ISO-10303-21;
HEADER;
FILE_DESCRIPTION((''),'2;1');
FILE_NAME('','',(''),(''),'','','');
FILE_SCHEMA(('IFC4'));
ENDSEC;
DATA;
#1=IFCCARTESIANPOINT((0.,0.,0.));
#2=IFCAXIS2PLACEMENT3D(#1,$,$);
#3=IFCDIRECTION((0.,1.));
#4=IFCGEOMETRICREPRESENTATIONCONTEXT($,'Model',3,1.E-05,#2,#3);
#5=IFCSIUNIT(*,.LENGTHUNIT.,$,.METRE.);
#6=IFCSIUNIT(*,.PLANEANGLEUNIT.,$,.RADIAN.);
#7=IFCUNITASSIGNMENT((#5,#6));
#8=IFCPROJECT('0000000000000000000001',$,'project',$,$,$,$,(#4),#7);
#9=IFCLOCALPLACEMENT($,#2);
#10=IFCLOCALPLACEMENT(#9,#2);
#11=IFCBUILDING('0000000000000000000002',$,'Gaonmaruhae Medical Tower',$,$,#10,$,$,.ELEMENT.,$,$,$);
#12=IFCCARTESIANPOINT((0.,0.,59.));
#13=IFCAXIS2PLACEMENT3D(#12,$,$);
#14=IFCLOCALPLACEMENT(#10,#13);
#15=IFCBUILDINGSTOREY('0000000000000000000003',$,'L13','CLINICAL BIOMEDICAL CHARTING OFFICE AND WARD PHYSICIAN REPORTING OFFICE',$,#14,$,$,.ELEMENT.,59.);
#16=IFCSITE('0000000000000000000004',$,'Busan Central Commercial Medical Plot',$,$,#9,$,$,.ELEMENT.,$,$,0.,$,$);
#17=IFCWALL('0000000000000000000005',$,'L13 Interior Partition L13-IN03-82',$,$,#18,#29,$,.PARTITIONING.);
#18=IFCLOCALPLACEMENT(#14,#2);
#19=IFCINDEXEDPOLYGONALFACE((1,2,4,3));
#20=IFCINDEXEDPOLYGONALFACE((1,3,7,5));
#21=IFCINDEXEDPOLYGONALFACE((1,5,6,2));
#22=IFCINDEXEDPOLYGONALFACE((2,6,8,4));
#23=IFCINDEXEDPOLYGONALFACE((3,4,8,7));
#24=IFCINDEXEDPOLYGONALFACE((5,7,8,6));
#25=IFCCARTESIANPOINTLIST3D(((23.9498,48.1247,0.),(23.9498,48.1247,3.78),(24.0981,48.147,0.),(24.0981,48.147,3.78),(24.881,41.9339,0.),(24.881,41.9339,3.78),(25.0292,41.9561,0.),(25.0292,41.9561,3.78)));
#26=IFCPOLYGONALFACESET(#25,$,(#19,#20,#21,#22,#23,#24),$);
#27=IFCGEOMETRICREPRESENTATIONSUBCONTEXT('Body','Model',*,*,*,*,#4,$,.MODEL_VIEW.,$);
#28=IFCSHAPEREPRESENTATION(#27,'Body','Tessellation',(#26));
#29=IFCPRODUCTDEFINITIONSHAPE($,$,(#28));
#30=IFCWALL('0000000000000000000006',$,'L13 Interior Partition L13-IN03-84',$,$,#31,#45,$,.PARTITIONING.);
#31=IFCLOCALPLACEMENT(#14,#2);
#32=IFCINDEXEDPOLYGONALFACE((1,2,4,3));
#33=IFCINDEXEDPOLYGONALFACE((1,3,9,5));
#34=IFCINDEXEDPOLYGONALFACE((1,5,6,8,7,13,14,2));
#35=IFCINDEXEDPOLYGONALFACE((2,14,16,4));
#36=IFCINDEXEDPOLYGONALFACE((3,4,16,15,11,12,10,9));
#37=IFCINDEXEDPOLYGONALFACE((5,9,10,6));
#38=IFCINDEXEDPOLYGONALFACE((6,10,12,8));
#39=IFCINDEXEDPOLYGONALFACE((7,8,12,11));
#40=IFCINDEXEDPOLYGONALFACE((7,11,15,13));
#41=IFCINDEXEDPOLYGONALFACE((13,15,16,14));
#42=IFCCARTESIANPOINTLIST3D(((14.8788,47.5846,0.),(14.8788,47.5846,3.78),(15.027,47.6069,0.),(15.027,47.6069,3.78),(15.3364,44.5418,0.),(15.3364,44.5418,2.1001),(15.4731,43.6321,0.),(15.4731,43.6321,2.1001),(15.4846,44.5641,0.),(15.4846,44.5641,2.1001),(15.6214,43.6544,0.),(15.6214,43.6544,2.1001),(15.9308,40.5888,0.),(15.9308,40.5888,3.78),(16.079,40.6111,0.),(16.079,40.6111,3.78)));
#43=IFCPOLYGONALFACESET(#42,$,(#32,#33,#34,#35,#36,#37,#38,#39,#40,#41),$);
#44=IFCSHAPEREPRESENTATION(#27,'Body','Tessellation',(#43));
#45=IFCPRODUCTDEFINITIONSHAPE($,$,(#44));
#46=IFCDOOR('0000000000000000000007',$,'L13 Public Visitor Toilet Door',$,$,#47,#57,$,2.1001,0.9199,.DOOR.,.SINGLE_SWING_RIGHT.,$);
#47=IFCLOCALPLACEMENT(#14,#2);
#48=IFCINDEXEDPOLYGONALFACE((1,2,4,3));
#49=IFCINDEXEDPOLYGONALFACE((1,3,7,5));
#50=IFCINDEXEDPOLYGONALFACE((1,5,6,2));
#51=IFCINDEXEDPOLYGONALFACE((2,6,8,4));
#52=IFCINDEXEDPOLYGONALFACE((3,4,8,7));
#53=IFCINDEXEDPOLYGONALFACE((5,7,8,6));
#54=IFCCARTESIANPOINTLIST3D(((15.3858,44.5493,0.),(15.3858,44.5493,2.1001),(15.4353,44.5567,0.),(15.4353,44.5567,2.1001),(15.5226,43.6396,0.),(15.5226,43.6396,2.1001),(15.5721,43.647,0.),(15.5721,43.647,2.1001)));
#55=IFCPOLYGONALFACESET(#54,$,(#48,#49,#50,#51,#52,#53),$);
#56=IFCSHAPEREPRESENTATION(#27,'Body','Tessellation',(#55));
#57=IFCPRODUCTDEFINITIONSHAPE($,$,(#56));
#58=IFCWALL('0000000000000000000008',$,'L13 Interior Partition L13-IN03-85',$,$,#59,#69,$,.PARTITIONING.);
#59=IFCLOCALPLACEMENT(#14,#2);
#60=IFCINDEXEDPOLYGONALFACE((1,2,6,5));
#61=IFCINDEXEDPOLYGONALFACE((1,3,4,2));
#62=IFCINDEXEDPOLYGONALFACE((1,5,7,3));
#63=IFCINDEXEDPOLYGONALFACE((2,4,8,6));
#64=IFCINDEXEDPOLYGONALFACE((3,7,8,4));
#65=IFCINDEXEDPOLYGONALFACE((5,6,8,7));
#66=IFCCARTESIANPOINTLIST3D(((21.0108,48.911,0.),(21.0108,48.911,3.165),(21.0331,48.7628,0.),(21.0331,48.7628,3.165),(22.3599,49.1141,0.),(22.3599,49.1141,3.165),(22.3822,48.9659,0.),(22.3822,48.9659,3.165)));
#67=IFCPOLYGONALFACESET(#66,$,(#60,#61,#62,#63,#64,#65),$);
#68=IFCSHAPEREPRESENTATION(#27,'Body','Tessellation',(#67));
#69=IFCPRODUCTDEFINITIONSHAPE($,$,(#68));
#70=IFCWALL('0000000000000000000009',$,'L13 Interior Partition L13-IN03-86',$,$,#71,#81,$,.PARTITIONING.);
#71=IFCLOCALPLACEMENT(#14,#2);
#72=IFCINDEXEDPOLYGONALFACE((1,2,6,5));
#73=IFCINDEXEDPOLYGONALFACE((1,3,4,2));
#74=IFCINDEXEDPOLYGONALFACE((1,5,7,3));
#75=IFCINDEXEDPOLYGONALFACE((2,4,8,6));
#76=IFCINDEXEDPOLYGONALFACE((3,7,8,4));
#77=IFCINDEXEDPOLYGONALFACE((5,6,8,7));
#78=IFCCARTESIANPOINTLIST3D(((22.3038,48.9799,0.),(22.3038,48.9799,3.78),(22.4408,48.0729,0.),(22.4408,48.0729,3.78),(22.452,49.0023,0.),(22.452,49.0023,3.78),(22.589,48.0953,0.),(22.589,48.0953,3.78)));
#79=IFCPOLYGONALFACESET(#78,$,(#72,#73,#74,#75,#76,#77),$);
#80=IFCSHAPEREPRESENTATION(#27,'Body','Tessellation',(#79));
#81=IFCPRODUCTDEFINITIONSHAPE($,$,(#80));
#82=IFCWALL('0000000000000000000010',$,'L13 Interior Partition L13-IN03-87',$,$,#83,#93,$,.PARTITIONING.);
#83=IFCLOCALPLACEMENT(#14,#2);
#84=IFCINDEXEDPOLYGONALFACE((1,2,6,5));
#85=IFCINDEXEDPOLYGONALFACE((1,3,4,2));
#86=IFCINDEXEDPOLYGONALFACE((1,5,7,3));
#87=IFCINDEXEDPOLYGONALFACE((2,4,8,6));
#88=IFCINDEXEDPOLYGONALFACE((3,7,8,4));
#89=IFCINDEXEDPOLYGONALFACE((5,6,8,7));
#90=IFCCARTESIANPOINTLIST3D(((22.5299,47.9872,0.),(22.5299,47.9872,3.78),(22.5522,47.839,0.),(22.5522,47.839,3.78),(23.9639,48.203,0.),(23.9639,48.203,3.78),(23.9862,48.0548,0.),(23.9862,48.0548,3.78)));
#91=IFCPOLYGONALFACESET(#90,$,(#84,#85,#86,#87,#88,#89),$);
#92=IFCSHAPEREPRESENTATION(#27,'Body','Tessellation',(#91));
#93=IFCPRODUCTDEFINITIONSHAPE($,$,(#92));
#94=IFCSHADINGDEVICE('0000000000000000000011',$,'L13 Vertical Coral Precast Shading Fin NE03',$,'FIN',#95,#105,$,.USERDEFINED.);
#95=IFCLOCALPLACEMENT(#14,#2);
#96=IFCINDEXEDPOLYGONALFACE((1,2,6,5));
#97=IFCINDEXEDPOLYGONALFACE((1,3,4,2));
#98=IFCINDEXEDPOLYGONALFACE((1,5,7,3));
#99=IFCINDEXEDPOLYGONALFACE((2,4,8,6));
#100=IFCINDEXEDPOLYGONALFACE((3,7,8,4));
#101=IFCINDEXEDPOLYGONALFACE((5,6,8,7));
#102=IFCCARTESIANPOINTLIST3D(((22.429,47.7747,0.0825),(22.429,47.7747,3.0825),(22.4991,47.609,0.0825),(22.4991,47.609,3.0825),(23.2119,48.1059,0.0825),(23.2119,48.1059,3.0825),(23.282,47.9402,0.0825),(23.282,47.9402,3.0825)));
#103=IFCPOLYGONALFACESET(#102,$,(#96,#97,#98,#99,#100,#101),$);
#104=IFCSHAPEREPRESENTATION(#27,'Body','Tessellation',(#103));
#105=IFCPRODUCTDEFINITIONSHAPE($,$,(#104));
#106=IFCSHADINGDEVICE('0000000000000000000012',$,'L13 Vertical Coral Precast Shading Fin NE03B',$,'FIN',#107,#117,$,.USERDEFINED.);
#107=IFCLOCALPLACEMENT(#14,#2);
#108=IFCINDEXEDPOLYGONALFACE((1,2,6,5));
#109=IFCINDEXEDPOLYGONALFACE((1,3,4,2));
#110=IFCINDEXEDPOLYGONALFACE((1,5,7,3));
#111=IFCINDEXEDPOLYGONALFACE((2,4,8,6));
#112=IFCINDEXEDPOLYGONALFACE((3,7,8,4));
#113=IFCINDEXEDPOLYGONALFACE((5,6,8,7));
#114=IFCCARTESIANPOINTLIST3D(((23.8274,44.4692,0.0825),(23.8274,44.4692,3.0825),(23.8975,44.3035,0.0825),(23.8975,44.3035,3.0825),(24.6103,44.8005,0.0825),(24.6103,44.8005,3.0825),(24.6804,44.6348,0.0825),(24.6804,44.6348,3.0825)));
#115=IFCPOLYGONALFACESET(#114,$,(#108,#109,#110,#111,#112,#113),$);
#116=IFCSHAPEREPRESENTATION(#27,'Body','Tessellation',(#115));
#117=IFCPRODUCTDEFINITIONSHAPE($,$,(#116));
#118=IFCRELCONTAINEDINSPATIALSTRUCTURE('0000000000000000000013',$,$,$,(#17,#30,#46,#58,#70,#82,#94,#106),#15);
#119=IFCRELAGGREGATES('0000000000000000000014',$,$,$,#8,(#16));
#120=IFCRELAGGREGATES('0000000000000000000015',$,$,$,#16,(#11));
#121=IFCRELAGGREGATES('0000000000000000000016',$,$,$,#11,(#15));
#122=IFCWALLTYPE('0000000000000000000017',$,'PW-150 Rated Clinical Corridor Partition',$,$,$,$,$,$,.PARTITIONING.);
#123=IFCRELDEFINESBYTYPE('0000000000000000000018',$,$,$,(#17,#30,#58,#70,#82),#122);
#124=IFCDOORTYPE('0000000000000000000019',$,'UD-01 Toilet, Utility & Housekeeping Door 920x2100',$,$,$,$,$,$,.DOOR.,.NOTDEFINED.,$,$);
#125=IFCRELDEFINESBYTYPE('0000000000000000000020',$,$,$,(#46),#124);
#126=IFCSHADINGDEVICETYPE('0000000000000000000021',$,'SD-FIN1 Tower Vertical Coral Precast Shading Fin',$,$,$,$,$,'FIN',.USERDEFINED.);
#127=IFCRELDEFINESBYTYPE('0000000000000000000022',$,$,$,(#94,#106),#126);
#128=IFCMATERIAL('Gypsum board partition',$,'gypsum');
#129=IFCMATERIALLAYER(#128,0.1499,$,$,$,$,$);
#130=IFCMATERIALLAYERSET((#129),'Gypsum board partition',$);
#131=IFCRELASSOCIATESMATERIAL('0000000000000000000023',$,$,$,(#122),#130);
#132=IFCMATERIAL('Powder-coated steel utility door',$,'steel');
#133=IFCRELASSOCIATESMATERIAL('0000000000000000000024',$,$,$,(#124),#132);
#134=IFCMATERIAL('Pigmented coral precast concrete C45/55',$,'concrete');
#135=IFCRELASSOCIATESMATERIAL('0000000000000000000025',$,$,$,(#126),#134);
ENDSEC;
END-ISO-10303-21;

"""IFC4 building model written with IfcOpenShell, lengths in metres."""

from ifc_helpers import new_model, si_unit, direction, frame, frame_2d, origin, origin_2d, place, context, subcontext, project, spatial, rectangle, extrude, material, layer, layer_set, type_object, element, fill, save


model = new_model("IFC4")

# Units and contexts
model_context = context("Model", 3, precision=1e-05, world=origin(), true_north=direction((0.0, 1.0)))
body_context = subcontext(model_context, "Body", "Model", "MODEL_VIEW")
ifc_project = project(units=[si_unit("LENGTHUNIT", "METRE"), si_unit("PLANEANGLEUNIT", "RADIAN")], contexts=[model_context])

# Site, building, storey
site_placement = place(None, origin())
site = spatial("IfcSite", under=ifc_project, at=site_placement, Name="Busan Central Commercial Medical Plot", CompositionType="ELEMENT", RefElevation=0.0)
building_placement = place(site_placement, origin())
building = spatial("IfcBuilding", under=site, at=building_placement, Name="Gaonmaruhae Medical Tower", CompositionType="ELEMENT")
storey_placement = place(building_placement, frame((0.0, 0.0, 59.0)))
storey = spatial("IfcBuildingStorey", under=building, at=storey_placement, Name="L13", Description="CLINICAL BIOMEDICAL CHARTING OFFICE AND WARD PHYSICIAN REPORTING OFFICE", CompositionType="ELEMENT", Elevation=59.0)

# Shared definitions
ifc_material_1 = material(Name="Gypsum board partition", Category="gypsum")
ifc_layer_1 = layer(ifc_material_1, 0.1499)
ifc_layer_set_1 = layer_set([ifc_layer_1], Name="Gypsum board partition")
wall_type_1 = type_object("IfcWallType", Name="PW-150 Rated Clinical Corridor Partition", PredefinedType="PARTITIONING", material=ifc_layer_set_1)

# Wall
wall_1_placement = place(storey_placement, frame((24.0239, 48.136, 0.0), z_axis=(0.0, 0.0, 1.0), x_axis=(0.148733, -0.988877, 0.0)))
element("IfcWall", 1, at=wall_1_placement, inside=storey, type_object=wall_type_1, Name="L13 Interior Partition L13-IN03-82", PredefinedType="PARTITIONING", context=body_context, shape_type="SweptSolid", body=[
    extrude(rectangle(XDim=6.2605, YDim=0.1499, at=frame_2d((3.1304, 0.0))), origin(), (0.0, 0.0, 1.0), 3.78),
])

# Wall, opening, door
wall_2_placement = place(storey_placement, frame((16.0049, 40.6001, 0.0), z_axis=(0.0, 0.0, 1.0), x_axis=(-0.148703, 0.988882, 0.0)))
wall_2 = element("IfcWall", 2, at=wall_2_placement, inside=storey, type_object=wall_type_1, Name="L13 Interior Partition L13-IN03-84", PredefinedType="PARTITIONING", context=body_context, shape_type="SweptSolid", body=[
    extrude(rectangle(XDim=7.0745, YDim=0.1499, at=frame_2d((3.5371, 0.0))), origin(), (0.0, 0.0, 1.0), 3.78),
])
opening_1_placement = place(wall_2_placement, frame((3.0774, 0.0, 0.0)))
opening_1 = element("IfcOpeningElement", 3, at=opening_1_placement, cuts=wall_2, PredefinedType="OPENING", context=body_context, shape_type="SweptSolid", body=[
    extrude(rectangle(XDim=0.9199, YDim=2.1001, at=frame_2d((0.46, 1.05))), frame((0.0, 0.085, 0.0), z_axis=(0.0, -1.0, 0.0), x_axis=(1.0, 0.0, 0.0)), (0.0, 0.0, 1.0), 0.1699),
])
ifc_material_2 = material(Name="Powder-coated steel utility door", Category="steel")
door_type_1 = type_object("IfcDoorType", Name="UD-01 Toilet, Utility & Housekeeping Door 920x2100", OperationType="NOTDEFINED", PredefinedType="DOOR", material=ifc_material_2)
door_1_placement = place(opening_1_placement, origin())
door_1 = element("IfcDoor", 4, at=door_1_placement, inside=storey, type_object=door_type_1, Name="L13 Public Visitor Toilet Door", OperationType="SINGLE_SWING_RIGHT", OverallHeight=2.1001, OverallWidth=0.9199, PredefinedType="DOOR", context=body_context, shape_type="SweptSolid", body=[
    extrude(rectangle(XDim=0.9199, YDim=2.1001, at=frame_2d((0.46, 1.05))), frame((0.0, 0.0249, 0.0), z_axis=(0.0, -1.0, 0.0), x_axis=(1.0, 0.0, 0.0)), (0.0, 0.0, 1.0), 0.05),
])
fill(opening_1, door_1)

# Walls
wall_3_placement = place(storey_placement, frame((21.022, 48.8369, 0.0), z_axis=(0.0, 0.0, 1.0), x_axis=(0.988855, 0.148883, 0.0)))
element("IfcWall", 5, at=wall_3_placement, inside=storey, type_object=wall_type_1, Name="L13 Interior Partition L13-IN03-85", PredefinedType="PARTITIONING", context=body_context, shape_type="SweptSolid", body=[
    extrude(rectangle(XDim=1.3643, YDim=0.1499, at=frame_2d((0.6821, 0.0))), origin(), (0.0, 0.0, 1.0), 3.165),
])
wall_4_placement = place(storey_placement, frame((22.3779, 48.991, 0.0), z_axis=(0.0, 0.0, 1.0), x_axis=(0.149317, -0.988789, 0.0)))
element("IfcWall", 6, at=wall_4_placement, inside=storey, type_object=wall_type_1, Name="L13 Interior Partition L13-IN03-86", PredefinedType="PARTITIONING", context=body_context, shape_type="SweptSolid", body=[
    extrude(rectangle(XDim=0.9172, YDim=0.1499, at=frame_2d((0.4585, 0.0))), origin(), (0.0, 0.0, 1.0), 3.78),
])
wall_5_placement = place(storey_placement, frame((22.541, 47.9131, 0.0), z_axis=(0.0, 0.0, 1.0), x_axis=(0.988865, 0.148818, 0.0)))
element("IfcWall", 7, at=wall_5_placement, inside=storey, type_object=wall_type_1, Name="L13 Interior Partition L13-IN03-87", PredefinedType="PARTITIONING", context=body_context, shape_type="SweptSolid", body=[
    extrude(rectangle(XDim=1.4502, YDim=0.1499, at=frame_2d((0.7251, 0.0))), origin(), (0.0, 0.0, 1.0), 3.78),
])

# Shading devices
ifc_material_3 = material(Name="Pigmented coral precast concrete C45/55", Category="concrete")
shading_device_type = type_object("IfcShadingDeviceType", Name="SD-FIN1 Tower Vertical Coral Precast Shading Fin", ElementType="FIN", PredefinedType="USERDEFINED", material=ifc_material_3)
for number, where, z_axis, x_axis, name in (
    (8, (22.8555, 47.8574, 0.0825), (0.0, 0.0, 1.0), (0.389622, -0.920975, 0.0), "L13 Vertical Coral Precast Shading Fin NE03"),
    (9, (24.2539, 44.552, 0.0825), (0.0, 0.0, 1.0), (0.389622, -0.920975, 0.0), "L13 Vertical Coral Precast Shading Fin NE03B"),
):
    element("IfcShadingDevice", number, at=place(storey_placement, frame(where, z_axis=z_axis, x_axis=x_axis)), inside=storey, type_object=shading_device_type, Name=name, ObjectType="FIN", PredefinedType="USERDEFINED", context=body_context, shape_type="SweptSolid", body=[
        extrude(rectangle(XDim=0.1799, YDim=0.8501, at=origin_2d()), origin(), (0.0, 0.0, 1.0), 3.0),
    ])

save(model, "model.ifc")
